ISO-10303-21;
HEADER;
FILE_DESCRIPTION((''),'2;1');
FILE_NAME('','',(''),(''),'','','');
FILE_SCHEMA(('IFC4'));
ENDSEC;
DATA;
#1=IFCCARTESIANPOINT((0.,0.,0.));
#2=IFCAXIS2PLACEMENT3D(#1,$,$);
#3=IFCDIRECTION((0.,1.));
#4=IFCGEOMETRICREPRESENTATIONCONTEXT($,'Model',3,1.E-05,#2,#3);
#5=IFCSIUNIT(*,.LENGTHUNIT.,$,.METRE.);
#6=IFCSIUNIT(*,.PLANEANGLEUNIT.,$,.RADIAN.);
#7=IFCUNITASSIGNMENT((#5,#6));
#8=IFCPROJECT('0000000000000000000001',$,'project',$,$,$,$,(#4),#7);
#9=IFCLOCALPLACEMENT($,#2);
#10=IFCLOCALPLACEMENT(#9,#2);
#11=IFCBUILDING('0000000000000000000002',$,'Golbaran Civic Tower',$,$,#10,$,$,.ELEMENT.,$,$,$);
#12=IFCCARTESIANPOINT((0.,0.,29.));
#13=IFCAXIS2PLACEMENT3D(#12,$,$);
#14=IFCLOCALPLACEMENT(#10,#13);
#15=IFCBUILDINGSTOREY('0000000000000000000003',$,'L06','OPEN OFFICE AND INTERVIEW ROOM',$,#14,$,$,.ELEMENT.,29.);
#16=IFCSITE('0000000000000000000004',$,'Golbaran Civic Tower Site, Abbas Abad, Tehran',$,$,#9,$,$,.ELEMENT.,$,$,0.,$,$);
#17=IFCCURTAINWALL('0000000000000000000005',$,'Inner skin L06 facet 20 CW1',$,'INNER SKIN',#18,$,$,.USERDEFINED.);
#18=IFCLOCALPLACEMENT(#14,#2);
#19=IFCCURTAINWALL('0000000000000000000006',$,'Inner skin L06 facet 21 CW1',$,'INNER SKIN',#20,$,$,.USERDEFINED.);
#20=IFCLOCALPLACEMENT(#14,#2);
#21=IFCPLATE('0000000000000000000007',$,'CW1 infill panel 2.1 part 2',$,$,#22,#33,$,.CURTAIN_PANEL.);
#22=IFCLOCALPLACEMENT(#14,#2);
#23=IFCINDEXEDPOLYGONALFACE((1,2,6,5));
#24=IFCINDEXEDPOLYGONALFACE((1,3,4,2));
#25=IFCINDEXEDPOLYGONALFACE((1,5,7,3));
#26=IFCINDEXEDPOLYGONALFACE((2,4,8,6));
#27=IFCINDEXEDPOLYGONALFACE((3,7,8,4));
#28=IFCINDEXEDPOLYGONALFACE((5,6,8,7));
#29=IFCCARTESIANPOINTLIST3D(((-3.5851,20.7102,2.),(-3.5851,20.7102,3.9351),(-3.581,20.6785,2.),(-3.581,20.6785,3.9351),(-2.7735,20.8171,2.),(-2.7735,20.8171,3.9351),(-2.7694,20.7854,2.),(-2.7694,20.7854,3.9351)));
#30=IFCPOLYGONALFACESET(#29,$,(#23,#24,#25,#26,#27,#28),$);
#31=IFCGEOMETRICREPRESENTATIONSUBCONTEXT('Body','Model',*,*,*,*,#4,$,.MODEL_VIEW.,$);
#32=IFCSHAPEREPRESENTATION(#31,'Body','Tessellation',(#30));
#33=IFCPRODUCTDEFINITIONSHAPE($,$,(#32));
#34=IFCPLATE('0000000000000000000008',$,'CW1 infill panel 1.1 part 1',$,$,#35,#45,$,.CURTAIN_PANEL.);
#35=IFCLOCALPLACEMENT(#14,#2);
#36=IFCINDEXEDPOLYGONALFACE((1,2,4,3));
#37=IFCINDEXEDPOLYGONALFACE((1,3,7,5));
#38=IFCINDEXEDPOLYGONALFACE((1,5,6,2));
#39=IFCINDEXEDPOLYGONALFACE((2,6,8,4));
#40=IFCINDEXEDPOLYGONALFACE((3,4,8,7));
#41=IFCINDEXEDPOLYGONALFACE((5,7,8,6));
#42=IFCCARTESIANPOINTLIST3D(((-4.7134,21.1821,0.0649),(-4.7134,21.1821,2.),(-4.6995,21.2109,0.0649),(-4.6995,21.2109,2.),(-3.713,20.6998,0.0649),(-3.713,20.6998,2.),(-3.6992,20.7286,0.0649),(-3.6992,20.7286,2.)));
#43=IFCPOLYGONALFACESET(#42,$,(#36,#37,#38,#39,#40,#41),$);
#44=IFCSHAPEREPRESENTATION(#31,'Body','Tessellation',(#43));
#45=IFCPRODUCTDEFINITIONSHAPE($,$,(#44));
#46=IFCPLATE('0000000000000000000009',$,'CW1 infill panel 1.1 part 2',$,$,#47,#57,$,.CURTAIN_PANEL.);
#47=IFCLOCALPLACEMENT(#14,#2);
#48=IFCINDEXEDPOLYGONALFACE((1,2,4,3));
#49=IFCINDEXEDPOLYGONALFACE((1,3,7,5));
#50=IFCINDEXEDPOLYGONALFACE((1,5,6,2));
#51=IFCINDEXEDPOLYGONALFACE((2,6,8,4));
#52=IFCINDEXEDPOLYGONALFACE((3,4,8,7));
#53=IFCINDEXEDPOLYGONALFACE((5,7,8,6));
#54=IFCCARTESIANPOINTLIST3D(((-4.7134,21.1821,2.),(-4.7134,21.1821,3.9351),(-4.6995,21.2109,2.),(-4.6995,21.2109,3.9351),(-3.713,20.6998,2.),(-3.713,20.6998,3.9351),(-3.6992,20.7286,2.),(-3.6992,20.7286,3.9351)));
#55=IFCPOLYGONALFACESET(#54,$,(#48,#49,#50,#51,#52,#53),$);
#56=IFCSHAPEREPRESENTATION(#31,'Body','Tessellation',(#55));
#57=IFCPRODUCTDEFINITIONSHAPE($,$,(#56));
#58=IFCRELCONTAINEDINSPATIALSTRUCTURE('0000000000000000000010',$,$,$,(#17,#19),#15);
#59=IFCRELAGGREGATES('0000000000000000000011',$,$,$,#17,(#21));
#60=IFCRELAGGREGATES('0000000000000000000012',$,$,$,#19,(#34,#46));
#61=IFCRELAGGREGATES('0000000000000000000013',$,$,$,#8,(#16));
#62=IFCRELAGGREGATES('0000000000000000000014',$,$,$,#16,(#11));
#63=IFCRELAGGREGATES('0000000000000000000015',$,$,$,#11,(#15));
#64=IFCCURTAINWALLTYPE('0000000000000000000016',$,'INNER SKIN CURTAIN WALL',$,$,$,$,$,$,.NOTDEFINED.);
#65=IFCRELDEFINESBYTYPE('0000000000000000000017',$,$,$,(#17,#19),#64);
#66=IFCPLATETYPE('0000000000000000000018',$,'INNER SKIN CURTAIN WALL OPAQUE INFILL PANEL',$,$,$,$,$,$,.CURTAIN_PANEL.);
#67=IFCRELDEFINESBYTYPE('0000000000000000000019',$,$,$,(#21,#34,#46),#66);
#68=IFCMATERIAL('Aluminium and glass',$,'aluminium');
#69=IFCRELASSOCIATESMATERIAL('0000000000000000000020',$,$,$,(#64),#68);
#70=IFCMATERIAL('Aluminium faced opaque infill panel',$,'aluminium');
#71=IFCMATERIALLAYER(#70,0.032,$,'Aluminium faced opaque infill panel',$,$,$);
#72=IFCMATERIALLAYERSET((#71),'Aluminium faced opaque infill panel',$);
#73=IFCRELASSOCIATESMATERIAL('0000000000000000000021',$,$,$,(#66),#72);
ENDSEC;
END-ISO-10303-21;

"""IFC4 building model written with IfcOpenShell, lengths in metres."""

from ifc_helpers import new_model, si_unit, direction, frame, origin, origin_2d, place, context, subcontext, project, spatial, rectangle, extrude, material, layer, layer_set, type_object, element, aggregate, save


model = new_model("IFC4")

# Units and contexts
model_context = context("Model", 3, precision=1e-05, world=origin(), true_north=direction((0.0, 1.0)))
body_context = subcontext(model_context, "Body", "Model", "MODEL_VIEW")
ifc_project = project(units=[si_unit("LENGTHUNIT", "METRE"), si_unit("PLANEANGLEUNIT", "RADIAN")], contexts=[model_context])

# Site, building, storey
site_placement = place(None, origin())
site = spatial("IfcSite", under=ifc_project, at=site_placement, Name="Golbaran Civic Tower Site, Abbas Abad, Tehran", CompositionType="ELEMENT", RefElevation=0.0)
building_placement = place(site_placement, origin())
building = spatial("IfcBuilding", under=site, at=building_placement, Name="Golbaran Civic Tower", CompositionType="ELEMENT")
storey_placement = place(building_placement, frame((0.0, 0.0, 29.0)))
storey = spatial("IfcBuildingStorey", under=building, at=storey_placement, Name="L06", Description="OPEN OFFICE AND INTERVIEW ROOM", CompositionType="ELEMENT", Elevation=29.0)

# Shared definitions
ifc_material_1 = material(Name="Aluminium and glass", Category="aluminium")
curtain_wall_type = type_object("IfcCurtainWallType", Name="INNER SKIN CURTAIN WALL", PredefinedType="NOTDEFINED", material=ifc_material_1)

# Curtain walls
curtain_wall_1_placement = place(storey_placement, origin())
curtain_wall_1 = element("IfcCurtainWall", 1, at=curtain_wall_1_placement, inside=storey, type_object=curtain_wall_type, Name="Inner skin L06 facet 20 CW1", ObjectType="INNER SKIN", PredefinedType="USERDEFINED")
curtain_wall_2_placement = place(storey_placement, origin())
curtain_wall_2 = element("IfcCurtainWall", 2, at=curtain_wall_2_placement, inside=storey, type_object=curtain_wall_type, Name="Inner skin L06 facet 21 CW1", ObjectType="INNER SKIN", PredefinedType="USERDEFINED")

# Plates
ifc_material_2 = material(Name="Aluminium faced opaque infill panel", Category="aluminium")
ifc_layer_1 = layer(ifc_material_2, 0.032, Name="Aluminium faced opaque infill panel")
ifc_layer_set_1 = layer_set([ifc_layer_1], Name="Aluminium faced opaque infill panel")
plate_type_1 = type_object("IfcPlateType", Name="INNER SKIN CURTAIN WALL OPAQUE INFILL PANEL", PredefinedType="CURTAIN_PANEL", material=ifc_layer_set_1)
plate_1_placement = place(storey_placement, frame((-3.1772, 20.7478, 2.0), z_axis=(0.0, 0.0, 1.0), x_axis=(-0.991445, -0.130526, 0.0)))
plate_1 = element("IfcPlate", 3, at=plate_1_placement, type_object=plate_type_1, Name="CW1 infill panel 2.1 part 2", PredefinedType="CURTAIN_PANEL", context=body_context, shape_type="SweptSolid", body=[
    extrude(rectangle(XDim=0.8186, YDim=0.032, at=origin_2d()), origin(), (0.0, 0.0, 1.0), 1.9351),
])
aggregate(curtain_wall_1, [plate_1])
plate_2_placement = place(storey_placement, frame((-4.2063, 20.9553, 0.0649), z_axis=(0.0, 0.0, 1.0), x_axis=(-0.900767, 0.434302, 0.0)))
plate_2 = element("IfcPlate", 4, at=plate_2_placement, type_object=plate_type_1, Name="CW1 infill panel 1.1 part 1", PredefinedType="CURTAIN_PANEL", context=body_context, shape_type="SweptSolid", body=[
    extrude(rectangle(XDim=1.1106, YDim=0.032, at=origin_2d()), origin(), (0.0, 0.0, 1.0), 1.9351),
])
plate_3_placement = place(storey_placement, frame((-4.2063, 20.9553, 2.0), z_axis=(0.0, 0.0, 1.0), x_axis=(-0.900767, 0.434302, 0.0)))
plate_3 = element("IfcPlate", 5, at=plate_3_placement, type_object=plate_type_1, Name="CW1 infill panel 1.1 part 2", PredefinedType="CURTAIN_PANEL", context=body_context, shape_type="SweptSolid", body=[
    extrude(rectangle(XDim=1.1106, YDim=0.032, at=origin_2d()), origin(), (0.0, 0.0, 1.0), 1.9351),
])
aggregate(curtain_wall_2, [plate_2, plate_3])

save(model, "model.ifc")
